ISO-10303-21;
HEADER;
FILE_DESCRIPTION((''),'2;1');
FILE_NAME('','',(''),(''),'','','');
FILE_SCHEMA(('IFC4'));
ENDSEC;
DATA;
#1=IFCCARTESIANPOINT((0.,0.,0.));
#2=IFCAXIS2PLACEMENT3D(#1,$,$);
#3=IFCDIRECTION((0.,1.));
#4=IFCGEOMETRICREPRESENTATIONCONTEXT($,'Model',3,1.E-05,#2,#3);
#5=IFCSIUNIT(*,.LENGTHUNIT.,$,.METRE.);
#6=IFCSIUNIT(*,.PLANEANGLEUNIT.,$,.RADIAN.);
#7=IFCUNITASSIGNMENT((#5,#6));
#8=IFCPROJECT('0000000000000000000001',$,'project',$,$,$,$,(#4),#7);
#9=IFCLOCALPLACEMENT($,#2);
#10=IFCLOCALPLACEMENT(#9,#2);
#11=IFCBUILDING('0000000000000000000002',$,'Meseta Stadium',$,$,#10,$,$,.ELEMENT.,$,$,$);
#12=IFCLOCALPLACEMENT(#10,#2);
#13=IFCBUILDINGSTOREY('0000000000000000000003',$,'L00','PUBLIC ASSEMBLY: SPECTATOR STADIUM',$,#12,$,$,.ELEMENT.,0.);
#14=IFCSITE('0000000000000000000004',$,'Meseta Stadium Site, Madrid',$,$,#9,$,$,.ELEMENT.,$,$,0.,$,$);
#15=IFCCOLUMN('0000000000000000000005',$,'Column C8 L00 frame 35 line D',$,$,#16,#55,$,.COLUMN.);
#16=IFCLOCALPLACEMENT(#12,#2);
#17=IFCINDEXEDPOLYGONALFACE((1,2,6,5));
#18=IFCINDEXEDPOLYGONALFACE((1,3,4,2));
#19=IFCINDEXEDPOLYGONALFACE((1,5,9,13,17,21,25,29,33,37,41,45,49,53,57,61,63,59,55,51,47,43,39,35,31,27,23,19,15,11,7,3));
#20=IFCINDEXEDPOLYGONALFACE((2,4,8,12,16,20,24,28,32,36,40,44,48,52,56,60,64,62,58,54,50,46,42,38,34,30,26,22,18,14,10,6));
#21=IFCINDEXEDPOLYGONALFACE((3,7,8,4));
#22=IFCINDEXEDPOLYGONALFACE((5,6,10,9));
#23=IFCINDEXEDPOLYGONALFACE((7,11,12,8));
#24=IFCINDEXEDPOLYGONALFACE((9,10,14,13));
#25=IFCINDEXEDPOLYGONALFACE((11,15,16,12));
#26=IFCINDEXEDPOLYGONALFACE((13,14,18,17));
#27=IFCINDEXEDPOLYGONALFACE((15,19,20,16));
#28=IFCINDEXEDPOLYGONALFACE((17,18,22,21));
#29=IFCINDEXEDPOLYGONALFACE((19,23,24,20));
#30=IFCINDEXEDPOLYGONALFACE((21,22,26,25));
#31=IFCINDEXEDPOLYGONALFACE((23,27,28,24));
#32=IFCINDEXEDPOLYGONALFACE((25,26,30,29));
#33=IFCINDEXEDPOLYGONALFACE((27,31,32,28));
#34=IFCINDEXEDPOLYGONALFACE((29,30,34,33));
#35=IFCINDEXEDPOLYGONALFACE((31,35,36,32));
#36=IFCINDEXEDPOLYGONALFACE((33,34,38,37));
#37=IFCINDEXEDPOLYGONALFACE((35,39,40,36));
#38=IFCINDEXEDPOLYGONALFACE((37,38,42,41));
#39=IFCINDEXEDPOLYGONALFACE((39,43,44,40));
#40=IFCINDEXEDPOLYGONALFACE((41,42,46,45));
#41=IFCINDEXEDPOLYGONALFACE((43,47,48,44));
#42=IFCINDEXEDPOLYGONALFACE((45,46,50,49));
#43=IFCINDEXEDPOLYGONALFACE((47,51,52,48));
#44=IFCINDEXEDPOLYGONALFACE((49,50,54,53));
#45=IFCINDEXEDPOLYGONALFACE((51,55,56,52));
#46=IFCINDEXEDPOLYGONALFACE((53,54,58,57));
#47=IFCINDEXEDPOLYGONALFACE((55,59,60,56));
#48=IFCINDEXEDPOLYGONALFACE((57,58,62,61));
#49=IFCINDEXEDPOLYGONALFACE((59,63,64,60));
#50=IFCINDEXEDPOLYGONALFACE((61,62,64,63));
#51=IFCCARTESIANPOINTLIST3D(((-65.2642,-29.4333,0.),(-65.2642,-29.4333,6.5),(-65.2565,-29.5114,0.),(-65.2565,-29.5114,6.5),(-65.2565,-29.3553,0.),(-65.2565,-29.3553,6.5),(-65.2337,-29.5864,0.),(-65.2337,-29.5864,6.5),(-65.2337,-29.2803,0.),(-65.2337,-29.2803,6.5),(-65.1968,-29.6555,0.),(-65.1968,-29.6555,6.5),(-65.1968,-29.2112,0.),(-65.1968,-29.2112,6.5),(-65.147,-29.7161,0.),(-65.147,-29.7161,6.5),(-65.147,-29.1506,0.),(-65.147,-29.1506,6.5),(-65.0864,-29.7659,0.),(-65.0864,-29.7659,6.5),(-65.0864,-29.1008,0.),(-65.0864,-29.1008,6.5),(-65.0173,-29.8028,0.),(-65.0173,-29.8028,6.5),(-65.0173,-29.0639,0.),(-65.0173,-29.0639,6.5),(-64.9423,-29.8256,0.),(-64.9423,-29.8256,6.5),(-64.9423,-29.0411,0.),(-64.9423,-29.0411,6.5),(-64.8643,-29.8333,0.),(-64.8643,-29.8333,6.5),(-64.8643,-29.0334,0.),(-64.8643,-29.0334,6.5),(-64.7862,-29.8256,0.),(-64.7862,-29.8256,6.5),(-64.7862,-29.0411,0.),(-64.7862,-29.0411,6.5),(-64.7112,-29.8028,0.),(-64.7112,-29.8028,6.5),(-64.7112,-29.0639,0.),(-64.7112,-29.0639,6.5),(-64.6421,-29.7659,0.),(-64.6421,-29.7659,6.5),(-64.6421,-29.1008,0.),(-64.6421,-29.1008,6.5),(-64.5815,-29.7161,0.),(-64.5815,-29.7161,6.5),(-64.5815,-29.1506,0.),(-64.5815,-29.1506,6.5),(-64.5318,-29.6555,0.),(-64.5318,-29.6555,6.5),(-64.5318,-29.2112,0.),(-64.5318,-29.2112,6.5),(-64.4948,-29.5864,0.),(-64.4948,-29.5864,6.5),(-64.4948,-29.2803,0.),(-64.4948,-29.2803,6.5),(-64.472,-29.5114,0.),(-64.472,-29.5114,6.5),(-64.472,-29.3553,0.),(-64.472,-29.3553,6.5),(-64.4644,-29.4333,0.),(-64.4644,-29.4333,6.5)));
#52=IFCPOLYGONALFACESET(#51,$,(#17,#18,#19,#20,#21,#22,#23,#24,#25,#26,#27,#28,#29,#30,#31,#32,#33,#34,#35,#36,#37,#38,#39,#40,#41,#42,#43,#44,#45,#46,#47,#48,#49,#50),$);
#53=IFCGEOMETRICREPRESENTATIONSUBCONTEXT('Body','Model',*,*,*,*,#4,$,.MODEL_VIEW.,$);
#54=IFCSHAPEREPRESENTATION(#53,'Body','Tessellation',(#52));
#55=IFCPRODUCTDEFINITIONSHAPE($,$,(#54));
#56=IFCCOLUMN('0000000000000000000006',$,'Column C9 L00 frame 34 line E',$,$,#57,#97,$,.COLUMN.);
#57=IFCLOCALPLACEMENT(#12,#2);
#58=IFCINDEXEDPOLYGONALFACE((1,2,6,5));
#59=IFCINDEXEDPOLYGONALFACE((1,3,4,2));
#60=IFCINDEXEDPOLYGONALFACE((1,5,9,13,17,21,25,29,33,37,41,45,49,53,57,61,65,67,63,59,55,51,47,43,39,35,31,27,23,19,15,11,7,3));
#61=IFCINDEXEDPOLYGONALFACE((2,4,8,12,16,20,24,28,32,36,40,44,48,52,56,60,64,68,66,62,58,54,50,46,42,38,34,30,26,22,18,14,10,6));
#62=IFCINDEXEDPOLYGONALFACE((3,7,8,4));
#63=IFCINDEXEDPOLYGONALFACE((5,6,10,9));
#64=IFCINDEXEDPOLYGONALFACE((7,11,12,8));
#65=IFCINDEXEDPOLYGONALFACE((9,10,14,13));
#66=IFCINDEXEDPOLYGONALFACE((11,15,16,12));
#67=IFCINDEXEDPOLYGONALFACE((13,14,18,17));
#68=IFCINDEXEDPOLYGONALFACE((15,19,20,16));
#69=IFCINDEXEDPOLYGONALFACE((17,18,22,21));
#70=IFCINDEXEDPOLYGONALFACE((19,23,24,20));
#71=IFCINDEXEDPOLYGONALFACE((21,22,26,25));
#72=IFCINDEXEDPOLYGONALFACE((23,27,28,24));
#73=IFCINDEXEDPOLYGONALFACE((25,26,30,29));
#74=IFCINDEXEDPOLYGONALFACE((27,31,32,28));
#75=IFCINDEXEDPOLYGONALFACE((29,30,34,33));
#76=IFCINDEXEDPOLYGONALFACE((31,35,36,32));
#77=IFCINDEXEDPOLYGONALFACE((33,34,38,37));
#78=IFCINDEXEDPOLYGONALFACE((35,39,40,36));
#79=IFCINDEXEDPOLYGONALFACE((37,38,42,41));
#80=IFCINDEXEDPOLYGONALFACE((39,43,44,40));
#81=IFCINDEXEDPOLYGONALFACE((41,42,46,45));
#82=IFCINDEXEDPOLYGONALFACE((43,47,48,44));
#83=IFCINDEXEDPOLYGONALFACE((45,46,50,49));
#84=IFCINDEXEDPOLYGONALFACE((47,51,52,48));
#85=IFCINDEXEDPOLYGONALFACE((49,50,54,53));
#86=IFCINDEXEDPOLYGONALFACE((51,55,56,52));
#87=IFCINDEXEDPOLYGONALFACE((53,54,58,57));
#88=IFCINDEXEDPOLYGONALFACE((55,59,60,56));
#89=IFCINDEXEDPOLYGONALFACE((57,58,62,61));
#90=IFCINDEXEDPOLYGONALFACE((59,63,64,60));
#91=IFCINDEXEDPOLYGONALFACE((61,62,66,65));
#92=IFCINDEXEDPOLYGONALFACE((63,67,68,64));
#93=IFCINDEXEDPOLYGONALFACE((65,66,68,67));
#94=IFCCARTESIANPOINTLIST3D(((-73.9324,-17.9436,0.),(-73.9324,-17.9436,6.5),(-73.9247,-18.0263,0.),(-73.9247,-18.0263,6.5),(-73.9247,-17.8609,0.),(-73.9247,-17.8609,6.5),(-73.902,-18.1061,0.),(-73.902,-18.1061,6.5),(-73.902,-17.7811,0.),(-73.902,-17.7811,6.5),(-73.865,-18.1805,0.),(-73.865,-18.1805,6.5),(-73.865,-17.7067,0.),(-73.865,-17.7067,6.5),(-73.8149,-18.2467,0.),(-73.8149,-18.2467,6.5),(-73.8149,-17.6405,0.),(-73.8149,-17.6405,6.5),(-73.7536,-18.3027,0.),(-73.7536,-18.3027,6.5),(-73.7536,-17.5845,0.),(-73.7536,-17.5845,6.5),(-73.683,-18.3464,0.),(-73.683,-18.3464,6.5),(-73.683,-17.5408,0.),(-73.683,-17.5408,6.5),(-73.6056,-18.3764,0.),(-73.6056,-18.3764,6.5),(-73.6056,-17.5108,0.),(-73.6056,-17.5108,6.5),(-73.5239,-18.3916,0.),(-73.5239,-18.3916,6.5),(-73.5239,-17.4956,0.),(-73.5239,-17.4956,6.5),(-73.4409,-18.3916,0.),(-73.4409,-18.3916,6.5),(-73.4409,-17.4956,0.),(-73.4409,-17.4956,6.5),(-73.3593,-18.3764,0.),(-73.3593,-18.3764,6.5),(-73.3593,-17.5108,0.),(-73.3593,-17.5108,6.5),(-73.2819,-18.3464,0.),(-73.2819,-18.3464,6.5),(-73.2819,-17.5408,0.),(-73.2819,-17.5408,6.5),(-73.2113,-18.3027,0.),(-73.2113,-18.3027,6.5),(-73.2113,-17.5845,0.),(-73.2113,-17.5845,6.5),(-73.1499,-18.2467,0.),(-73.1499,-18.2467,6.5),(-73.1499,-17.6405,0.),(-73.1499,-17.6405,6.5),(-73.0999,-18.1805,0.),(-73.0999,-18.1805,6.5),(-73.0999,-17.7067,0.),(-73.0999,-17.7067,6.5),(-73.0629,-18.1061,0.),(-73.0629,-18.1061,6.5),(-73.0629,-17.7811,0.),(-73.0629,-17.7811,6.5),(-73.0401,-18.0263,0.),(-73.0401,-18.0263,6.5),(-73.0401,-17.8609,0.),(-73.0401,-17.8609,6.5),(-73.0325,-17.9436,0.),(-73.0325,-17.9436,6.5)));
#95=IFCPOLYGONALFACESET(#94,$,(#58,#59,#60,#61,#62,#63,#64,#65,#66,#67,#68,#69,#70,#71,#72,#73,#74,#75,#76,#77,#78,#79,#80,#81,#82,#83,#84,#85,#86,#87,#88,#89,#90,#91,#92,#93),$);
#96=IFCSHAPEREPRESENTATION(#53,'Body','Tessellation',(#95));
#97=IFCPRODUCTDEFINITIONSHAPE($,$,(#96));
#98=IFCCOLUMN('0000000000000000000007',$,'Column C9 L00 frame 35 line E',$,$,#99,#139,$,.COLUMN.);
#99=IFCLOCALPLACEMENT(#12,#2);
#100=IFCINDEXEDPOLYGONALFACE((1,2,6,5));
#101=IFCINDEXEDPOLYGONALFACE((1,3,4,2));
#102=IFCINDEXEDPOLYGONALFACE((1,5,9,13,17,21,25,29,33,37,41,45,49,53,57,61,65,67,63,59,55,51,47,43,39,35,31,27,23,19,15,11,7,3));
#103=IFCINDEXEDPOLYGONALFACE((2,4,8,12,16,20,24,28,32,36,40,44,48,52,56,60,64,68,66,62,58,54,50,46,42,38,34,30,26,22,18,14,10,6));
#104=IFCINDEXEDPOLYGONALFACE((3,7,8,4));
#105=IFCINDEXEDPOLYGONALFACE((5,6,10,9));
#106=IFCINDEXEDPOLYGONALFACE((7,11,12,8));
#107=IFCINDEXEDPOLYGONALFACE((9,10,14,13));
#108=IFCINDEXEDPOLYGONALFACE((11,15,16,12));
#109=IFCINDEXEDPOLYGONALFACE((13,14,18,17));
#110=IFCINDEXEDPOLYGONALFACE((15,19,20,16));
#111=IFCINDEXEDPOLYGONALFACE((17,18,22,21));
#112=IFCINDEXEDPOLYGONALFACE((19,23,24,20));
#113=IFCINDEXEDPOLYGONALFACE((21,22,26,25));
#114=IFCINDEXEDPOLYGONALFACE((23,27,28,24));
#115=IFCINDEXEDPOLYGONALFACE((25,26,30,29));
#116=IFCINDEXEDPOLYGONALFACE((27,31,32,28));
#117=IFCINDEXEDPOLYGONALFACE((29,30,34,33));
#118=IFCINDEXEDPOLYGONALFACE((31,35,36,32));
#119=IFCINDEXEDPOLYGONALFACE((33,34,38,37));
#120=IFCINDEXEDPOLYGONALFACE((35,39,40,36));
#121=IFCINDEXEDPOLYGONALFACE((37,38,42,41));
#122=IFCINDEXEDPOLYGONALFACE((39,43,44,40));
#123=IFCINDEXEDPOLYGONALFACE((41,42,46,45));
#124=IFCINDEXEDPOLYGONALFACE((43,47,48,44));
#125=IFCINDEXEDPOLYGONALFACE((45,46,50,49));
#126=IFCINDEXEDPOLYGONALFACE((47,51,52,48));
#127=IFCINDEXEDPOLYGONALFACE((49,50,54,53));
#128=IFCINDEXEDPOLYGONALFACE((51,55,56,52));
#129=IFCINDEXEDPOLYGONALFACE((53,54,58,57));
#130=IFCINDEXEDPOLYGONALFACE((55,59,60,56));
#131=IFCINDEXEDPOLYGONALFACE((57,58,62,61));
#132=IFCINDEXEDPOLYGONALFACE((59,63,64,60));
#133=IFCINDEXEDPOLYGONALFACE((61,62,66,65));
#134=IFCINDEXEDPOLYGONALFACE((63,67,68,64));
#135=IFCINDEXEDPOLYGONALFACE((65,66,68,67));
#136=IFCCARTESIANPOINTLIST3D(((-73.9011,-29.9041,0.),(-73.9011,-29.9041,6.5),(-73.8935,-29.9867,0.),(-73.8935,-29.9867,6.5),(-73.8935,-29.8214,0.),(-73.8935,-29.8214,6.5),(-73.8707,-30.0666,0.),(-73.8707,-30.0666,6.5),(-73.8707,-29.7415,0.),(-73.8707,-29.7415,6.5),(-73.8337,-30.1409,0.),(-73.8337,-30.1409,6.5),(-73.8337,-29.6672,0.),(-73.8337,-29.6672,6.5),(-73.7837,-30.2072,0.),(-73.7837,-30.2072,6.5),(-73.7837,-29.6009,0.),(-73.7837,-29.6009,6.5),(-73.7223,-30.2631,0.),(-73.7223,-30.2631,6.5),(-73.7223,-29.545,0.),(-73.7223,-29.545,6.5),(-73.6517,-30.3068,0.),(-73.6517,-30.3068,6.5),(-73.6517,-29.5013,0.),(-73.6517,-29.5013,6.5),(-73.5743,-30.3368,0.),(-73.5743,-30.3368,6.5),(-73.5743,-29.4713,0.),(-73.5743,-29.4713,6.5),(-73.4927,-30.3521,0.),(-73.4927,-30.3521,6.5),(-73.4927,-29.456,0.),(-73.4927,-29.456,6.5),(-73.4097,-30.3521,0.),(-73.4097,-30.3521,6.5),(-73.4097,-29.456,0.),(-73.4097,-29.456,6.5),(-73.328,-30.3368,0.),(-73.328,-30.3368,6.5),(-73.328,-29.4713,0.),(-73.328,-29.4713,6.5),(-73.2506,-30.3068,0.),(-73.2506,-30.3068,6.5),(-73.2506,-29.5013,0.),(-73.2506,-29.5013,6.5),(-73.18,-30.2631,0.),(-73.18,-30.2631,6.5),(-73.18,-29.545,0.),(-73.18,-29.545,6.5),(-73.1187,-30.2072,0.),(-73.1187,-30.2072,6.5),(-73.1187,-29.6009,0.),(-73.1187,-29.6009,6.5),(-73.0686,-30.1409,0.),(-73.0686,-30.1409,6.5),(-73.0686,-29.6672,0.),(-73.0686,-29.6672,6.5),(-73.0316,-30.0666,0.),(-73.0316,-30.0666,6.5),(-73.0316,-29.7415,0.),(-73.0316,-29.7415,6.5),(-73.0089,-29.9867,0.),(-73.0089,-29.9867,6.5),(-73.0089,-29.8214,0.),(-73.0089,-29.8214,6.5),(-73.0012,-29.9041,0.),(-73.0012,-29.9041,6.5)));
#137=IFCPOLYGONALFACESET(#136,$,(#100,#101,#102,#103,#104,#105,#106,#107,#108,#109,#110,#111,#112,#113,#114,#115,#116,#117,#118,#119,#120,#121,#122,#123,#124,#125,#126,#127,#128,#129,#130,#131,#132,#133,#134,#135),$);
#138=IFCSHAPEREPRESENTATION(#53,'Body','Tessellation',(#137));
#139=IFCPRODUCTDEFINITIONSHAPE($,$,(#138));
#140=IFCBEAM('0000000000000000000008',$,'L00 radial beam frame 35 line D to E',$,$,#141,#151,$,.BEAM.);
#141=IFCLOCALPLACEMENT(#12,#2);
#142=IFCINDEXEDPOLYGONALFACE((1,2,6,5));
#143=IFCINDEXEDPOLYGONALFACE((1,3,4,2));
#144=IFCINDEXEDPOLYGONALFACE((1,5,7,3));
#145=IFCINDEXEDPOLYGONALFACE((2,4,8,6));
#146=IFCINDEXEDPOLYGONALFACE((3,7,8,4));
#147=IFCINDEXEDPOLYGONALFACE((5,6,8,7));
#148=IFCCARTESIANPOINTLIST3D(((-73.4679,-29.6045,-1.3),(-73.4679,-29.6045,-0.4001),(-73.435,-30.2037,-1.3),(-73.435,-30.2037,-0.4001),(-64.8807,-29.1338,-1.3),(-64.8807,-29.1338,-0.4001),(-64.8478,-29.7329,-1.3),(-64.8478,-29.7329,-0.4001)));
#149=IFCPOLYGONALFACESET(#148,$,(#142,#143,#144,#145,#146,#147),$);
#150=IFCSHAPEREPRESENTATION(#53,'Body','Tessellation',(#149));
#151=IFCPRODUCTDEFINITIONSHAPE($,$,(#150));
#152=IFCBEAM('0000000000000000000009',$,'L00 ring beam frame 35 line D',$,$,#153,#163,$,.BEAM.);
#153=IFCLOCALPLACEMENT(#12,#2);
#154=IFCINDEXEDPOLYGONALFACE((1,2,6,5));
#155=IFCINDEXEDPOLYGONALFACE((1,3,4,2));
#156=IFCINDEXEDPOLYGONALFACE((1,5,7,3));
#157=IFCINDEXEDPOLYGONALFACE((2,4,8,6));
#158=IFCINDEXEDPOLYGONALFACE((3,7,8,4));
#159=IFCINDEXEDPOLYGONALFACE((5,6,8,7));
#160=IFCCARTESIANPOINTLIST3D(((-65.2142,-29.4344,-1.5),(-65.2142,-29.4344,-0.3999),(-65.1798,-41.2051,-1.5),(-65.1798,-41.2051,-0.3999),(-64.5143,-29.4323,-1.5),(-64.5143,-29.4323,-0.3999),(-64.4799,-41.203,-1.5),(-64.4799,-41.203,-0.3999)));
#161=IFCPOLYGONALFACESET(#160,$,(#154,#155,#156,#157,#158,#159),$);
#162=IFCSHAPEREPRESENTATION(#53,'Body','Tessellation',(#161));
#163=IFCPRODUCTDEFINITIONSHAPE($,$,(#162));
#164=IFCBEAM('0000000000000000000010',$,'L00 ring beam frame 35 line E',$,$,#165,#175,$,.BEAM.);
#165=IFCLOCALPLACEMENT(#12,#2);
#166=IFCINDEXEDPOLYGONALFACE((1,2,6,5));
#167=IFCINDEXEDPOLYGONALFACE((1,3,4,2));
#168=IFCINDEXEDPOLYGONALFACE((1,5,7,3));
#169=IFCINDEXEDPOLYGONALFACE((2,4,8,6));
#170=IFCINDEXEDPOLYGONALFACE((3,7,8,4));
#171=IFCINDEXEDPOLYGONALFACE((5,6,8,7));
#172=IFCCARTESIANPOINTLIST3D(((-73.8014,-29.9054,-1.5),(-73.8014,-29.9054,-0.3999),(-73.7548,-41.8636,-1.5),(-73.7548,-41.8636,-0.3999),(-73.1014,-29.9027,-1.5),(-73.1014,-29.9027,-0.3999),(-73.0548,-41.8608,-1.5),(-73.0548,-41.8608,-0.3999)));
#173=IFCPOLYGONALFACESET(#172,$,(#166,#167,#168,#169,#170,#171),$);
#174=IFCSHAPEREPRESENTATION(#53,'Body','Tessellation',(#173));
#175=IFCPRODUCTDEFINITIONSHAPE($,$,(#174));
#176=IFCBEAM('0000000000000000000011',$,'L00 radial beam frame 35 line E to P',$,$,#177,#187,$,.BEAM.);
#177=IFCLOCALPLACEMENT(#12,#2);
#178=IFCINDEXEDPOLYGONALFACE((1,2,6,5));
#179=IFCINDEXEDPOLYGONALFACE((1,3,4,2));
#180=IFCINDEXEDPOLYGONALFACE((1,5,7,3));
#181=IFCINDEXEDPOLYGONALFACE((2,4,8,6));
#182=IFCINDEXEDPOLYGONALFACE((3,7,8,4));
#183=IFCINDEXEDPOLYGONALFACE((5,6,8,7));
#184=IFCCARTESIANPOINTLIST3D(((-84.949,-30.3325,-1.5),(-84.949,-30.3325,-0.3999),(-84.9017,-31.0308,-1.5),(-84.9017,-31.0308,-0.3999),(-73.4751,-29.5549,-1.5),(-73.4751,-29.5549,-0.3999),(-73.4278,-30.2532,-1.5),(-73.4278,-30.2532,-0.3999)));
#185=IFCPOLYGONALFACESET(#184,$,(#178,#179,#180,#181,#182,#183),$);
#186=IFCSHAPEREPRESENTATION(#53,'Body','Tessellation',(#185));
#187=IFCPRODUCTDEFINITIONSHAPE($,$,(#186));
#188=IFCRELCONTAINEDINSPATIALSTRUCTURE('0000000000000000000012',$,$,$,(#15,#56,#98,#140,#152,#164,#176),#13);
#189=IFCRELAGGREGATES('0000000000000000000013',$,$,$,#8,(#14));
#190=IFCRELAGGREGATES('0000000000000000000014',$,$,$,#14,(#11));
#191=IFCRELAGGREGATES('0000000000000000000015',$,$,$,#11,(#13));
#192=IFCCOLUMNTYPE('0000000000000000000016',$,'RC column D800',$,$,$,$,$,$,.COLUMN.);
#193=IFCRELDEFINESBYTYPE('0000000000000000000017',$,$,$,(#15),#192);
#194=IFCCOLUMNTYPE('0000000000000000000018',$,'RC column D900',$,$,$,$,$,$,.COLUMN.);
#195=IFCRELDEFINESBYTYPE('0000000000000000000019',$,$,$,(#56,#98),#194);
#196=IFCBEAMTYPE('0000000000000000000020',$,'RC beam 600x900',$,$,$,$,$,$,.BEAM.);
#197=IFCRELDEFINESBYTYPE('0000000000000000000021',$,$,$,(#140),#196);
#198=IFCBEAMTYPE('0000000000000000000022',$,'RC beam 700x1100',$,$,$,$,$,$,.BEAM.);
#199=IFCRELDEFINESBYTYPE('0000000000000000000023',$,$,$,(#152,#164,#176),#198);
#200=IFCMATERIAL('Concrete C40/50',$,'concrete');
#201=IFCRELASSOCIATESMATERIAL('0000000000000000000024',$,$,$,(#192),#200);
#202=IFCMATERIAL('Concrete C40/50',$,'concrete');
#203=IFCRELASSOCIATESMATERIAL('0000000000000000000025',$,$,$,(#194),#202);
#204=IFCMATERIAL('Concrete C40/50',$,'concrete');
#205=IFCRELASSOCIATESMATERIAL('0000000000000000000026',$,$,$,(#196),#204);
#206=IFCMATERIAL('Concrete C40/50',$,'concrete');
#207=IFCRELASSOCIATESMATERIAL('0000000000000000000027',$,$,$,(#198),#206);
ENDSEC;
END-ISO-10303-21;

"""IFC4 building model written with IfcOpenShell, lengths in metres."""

from ifc_helpers import new_model, si_unit, direction, frame, origin, origin_2d, place, context, subcontext, project, spatial, rectangle, circle, extrude, material, material_profile, profile_set, type_object, element, save


model = new_model("IFC4")

# Units and contexts
model_context = context("Model", 3, precision=1e-05, world=origin(), true_north=direction((0.0, 1.0)))
body_context = subcontext(model_context, "Body", "Model", "MODEL_VIEW")
ifc_project = project(units=[si_unit("LENGTHUNIT", "METRE"), si_unit("PLANEANGLEUNIT", "RADIAN")], contexts=[model_context])

# Site, building, storey
site_placement = place(None, origin())
site = spatial("IfcSite", under=ifc_project, at=site_placement, Name="Meseta Stadium Site, Madrid", CompositionType="ELEMENT", RefElevation=0.0)
building_placement = place(site_placement, origin())
building = spatial("IfcBuilding", under=site, at=building_placement, Name="Meseta Stadium", CompositionType="ELEMENT")
storey_placement = place(building_placement, origin())
storey = spatial("IfcBuildingStorey", under=building, at=storey_placement, Name="L00", Description="PUBLIC ASSEMBLY: SPECTATOR STADIUM", CompositionType="ELEMENT", Elevation=0.0)

# Columns
ifc_material_1 = material(Name="Concrete C40/50", Category="concrete")
ifc_material_profile_1 = material_profile(ifc_material_1, circle(Radius=0.3999, at=origin_2d()), Name="RC D800")
ifc_profile_set_1 = profile_set([ifc_material_profile_1], Name="Concrete C40/50")
column_type_1 = type_object("IfcColumnType", Name="RC column D800", PredefinedType="COLUMN", material=ifc_profile_set_1)
column_placement = place(storey_placement, frame((-64.8643, -29.4333, 0.0), z_axis=(0.0, 0.0, 1.0), x_axis=(1.0, 0.0, 0.0)))
element("IfcColumn", 1, at=column_placement, inside=storey, type_object=column_type_1, Name="Column C8 L00 frame 35 line D", PredefinedType="COLUMN", context=body_context, shape_type="SweptSolid", body=[
    extrude(circle(Radius=0.3999, at=origin_2d()), origin(), (0.0, 0.0, 1.0), 6.5),
])
ifc_material_2 = material(Name="Concrete C40/50", Category="concrete")
ifc_material_profile_2 = material_profile(ifc_material_2, circle(Radius=0.45, at=origin_2d()), Name="RC D900")
ifc_profile_set_2 = profile_set([ifc_material_profile_2], Name="Concrete C40/50")
column_type_2 = type_object("IfcColumnType", Name="RC column D900", PredefinedType="COLUMN", material=ifc_profile_set_2)
for number, where, z_axis, x_axis, name in (
    (2, (-73.4824, -17.9436, 0.0), (0.0, 0.0, 1.0), (1.0, 0.0, 0.0), "Column C9 L00 frame 34 line E"),
    (3, (-73.4512, -29.9041, 0.0), (0.0, 0.0, 1.0), (1.0, 0.0, 0.0), "Column C9 L00 frame 35 line E"),
):
    element("IfcColumn", number, at=place(storey_placement, frame(where, z_axis=z_axis, x_axis=x_axis)), inside=storey, type_object=column_type_2, Name=name, PredefinedType="COLUMN", context=body_context, shape_type="SweptSolid", body=[
        extrude(circle(Radius=0.45, at=origin_2d()), origin(), (0.0, 0.0, 1.0), 6.5),
    ])

# Beams
ifc_material_3 = material(Name="Concrete C40/50", Category="concrete")
ifc_material_profile_3 = material_profile(ifc_material_3, rectangle(XDim=0.6001, YDim=0.8999, at=origin_2d()), Name="RC 600x900")
ifc_profile_set_3 = profile_set([ifc_material_profile_3], Name="Concrete C40/50")
beam_type_1 = type_object("IfcBeamType", Name="RC beam 600x900", PredefinedType="BEAM", material=ifc_profile_set_3)
beam_1_placement = place(storey_placement, frame((-64.8643, -29.4333, -0.8501), z_axis=(-0.998501, -0.054733, 0.0), x_axis=(0.054733, -0.998501, 0.0)))
element("IfcBeam", 4, at=beam_1_placement, inside=storey, type_object=beam_type_1, Name="L00 radial beam frame 35 line D to E", PredefinedType="BEAM", context=body_context, shape_type="SweptSolid", body=[
    extrude(rectangle(XDim=0.6001, YDim=0.8999, at=origin_2d()), origin(), (0.0, 0.0, 1.0), 8.6001),
])
ifc_material_4 = material(Name="Concrete C40/50", Category="concrete")
ifc_material_profile_4 = material_profile(ifc_material_4, rectangle(XDim=0.7, YDim=1.1001, at=origin_2d()), Name="RC 700x1100")
ifc_profile_set_4 = profile_set([ifc_material_profile_4], Name="Concrete C40/50")
beam_type_2 = type_object("IfcBeamType", Name="RC beam 700x1100", PredefinedType="BEAM", material=ifc_profile_set_4)
beam_2_placement = place(storey_placement, frame((-64.8643, -29.4333, -0.95), z_axis=(0.002925, -0.999996, 0.0), x_axis=(0.999996, 0.002925, 0.0)))
element("IfcBeam", 5, at=beam_2_placement, inside=storey, type_object=beam_type_2, Name="L00 ring beam frame 35 line D", PredefinedType="BEAM", context=body_context, shape_type="SweptSolid", body=[
    extrude(rectangle(XDim=0.7, YDim=1.1001, at=origin_2d()), origin(), (0.0, 0.0, 1.0), 11.7708),
])
beam_3_placement = place(storey_placement, frame((-73.4514, -29.9041, -0.95), z_axis=(0.003899, -0.999992, 0.0), x_axis=(0.999992, 0.003899, 0.0)))
element("IfcBeam", 6, at=beam_3_placement, inside=storey, type_object=beam_type_2, Name="L00 ring beam frame 35 line E", PredefinedType="BEAM", context=body_context, shape_type="SweptSolid", body=[
    extrude(rectangle(XDim=0.7, YDim=1.1001, at=origin_2d()), origin(), (0.0, 0.0, 1.0), 11.9583),
])
beam_4_placement = place(storey_placement, frame((-73.4514, -29.9041, -0.95), z_axis=(-0.997711, -0.067615, 0.0), x_axis=(0.067615, -0.997711, 0.0)))
element("IfcBeam", 7, at=beam_4_placement, inside=storey, type_object=beam_type_2, Name="L00 radial beam frame 35 line E to P", PredefinedType="BEAM", context=body_context, shape_type="SweptSolid", body=[
    extrude(rectangle(XDim=0.7, YDim=1.1001, at=origin_2d()), origin(), (0.0, 0.0, 1.0), 11.5002),
])

save(model, "model.ifc")
